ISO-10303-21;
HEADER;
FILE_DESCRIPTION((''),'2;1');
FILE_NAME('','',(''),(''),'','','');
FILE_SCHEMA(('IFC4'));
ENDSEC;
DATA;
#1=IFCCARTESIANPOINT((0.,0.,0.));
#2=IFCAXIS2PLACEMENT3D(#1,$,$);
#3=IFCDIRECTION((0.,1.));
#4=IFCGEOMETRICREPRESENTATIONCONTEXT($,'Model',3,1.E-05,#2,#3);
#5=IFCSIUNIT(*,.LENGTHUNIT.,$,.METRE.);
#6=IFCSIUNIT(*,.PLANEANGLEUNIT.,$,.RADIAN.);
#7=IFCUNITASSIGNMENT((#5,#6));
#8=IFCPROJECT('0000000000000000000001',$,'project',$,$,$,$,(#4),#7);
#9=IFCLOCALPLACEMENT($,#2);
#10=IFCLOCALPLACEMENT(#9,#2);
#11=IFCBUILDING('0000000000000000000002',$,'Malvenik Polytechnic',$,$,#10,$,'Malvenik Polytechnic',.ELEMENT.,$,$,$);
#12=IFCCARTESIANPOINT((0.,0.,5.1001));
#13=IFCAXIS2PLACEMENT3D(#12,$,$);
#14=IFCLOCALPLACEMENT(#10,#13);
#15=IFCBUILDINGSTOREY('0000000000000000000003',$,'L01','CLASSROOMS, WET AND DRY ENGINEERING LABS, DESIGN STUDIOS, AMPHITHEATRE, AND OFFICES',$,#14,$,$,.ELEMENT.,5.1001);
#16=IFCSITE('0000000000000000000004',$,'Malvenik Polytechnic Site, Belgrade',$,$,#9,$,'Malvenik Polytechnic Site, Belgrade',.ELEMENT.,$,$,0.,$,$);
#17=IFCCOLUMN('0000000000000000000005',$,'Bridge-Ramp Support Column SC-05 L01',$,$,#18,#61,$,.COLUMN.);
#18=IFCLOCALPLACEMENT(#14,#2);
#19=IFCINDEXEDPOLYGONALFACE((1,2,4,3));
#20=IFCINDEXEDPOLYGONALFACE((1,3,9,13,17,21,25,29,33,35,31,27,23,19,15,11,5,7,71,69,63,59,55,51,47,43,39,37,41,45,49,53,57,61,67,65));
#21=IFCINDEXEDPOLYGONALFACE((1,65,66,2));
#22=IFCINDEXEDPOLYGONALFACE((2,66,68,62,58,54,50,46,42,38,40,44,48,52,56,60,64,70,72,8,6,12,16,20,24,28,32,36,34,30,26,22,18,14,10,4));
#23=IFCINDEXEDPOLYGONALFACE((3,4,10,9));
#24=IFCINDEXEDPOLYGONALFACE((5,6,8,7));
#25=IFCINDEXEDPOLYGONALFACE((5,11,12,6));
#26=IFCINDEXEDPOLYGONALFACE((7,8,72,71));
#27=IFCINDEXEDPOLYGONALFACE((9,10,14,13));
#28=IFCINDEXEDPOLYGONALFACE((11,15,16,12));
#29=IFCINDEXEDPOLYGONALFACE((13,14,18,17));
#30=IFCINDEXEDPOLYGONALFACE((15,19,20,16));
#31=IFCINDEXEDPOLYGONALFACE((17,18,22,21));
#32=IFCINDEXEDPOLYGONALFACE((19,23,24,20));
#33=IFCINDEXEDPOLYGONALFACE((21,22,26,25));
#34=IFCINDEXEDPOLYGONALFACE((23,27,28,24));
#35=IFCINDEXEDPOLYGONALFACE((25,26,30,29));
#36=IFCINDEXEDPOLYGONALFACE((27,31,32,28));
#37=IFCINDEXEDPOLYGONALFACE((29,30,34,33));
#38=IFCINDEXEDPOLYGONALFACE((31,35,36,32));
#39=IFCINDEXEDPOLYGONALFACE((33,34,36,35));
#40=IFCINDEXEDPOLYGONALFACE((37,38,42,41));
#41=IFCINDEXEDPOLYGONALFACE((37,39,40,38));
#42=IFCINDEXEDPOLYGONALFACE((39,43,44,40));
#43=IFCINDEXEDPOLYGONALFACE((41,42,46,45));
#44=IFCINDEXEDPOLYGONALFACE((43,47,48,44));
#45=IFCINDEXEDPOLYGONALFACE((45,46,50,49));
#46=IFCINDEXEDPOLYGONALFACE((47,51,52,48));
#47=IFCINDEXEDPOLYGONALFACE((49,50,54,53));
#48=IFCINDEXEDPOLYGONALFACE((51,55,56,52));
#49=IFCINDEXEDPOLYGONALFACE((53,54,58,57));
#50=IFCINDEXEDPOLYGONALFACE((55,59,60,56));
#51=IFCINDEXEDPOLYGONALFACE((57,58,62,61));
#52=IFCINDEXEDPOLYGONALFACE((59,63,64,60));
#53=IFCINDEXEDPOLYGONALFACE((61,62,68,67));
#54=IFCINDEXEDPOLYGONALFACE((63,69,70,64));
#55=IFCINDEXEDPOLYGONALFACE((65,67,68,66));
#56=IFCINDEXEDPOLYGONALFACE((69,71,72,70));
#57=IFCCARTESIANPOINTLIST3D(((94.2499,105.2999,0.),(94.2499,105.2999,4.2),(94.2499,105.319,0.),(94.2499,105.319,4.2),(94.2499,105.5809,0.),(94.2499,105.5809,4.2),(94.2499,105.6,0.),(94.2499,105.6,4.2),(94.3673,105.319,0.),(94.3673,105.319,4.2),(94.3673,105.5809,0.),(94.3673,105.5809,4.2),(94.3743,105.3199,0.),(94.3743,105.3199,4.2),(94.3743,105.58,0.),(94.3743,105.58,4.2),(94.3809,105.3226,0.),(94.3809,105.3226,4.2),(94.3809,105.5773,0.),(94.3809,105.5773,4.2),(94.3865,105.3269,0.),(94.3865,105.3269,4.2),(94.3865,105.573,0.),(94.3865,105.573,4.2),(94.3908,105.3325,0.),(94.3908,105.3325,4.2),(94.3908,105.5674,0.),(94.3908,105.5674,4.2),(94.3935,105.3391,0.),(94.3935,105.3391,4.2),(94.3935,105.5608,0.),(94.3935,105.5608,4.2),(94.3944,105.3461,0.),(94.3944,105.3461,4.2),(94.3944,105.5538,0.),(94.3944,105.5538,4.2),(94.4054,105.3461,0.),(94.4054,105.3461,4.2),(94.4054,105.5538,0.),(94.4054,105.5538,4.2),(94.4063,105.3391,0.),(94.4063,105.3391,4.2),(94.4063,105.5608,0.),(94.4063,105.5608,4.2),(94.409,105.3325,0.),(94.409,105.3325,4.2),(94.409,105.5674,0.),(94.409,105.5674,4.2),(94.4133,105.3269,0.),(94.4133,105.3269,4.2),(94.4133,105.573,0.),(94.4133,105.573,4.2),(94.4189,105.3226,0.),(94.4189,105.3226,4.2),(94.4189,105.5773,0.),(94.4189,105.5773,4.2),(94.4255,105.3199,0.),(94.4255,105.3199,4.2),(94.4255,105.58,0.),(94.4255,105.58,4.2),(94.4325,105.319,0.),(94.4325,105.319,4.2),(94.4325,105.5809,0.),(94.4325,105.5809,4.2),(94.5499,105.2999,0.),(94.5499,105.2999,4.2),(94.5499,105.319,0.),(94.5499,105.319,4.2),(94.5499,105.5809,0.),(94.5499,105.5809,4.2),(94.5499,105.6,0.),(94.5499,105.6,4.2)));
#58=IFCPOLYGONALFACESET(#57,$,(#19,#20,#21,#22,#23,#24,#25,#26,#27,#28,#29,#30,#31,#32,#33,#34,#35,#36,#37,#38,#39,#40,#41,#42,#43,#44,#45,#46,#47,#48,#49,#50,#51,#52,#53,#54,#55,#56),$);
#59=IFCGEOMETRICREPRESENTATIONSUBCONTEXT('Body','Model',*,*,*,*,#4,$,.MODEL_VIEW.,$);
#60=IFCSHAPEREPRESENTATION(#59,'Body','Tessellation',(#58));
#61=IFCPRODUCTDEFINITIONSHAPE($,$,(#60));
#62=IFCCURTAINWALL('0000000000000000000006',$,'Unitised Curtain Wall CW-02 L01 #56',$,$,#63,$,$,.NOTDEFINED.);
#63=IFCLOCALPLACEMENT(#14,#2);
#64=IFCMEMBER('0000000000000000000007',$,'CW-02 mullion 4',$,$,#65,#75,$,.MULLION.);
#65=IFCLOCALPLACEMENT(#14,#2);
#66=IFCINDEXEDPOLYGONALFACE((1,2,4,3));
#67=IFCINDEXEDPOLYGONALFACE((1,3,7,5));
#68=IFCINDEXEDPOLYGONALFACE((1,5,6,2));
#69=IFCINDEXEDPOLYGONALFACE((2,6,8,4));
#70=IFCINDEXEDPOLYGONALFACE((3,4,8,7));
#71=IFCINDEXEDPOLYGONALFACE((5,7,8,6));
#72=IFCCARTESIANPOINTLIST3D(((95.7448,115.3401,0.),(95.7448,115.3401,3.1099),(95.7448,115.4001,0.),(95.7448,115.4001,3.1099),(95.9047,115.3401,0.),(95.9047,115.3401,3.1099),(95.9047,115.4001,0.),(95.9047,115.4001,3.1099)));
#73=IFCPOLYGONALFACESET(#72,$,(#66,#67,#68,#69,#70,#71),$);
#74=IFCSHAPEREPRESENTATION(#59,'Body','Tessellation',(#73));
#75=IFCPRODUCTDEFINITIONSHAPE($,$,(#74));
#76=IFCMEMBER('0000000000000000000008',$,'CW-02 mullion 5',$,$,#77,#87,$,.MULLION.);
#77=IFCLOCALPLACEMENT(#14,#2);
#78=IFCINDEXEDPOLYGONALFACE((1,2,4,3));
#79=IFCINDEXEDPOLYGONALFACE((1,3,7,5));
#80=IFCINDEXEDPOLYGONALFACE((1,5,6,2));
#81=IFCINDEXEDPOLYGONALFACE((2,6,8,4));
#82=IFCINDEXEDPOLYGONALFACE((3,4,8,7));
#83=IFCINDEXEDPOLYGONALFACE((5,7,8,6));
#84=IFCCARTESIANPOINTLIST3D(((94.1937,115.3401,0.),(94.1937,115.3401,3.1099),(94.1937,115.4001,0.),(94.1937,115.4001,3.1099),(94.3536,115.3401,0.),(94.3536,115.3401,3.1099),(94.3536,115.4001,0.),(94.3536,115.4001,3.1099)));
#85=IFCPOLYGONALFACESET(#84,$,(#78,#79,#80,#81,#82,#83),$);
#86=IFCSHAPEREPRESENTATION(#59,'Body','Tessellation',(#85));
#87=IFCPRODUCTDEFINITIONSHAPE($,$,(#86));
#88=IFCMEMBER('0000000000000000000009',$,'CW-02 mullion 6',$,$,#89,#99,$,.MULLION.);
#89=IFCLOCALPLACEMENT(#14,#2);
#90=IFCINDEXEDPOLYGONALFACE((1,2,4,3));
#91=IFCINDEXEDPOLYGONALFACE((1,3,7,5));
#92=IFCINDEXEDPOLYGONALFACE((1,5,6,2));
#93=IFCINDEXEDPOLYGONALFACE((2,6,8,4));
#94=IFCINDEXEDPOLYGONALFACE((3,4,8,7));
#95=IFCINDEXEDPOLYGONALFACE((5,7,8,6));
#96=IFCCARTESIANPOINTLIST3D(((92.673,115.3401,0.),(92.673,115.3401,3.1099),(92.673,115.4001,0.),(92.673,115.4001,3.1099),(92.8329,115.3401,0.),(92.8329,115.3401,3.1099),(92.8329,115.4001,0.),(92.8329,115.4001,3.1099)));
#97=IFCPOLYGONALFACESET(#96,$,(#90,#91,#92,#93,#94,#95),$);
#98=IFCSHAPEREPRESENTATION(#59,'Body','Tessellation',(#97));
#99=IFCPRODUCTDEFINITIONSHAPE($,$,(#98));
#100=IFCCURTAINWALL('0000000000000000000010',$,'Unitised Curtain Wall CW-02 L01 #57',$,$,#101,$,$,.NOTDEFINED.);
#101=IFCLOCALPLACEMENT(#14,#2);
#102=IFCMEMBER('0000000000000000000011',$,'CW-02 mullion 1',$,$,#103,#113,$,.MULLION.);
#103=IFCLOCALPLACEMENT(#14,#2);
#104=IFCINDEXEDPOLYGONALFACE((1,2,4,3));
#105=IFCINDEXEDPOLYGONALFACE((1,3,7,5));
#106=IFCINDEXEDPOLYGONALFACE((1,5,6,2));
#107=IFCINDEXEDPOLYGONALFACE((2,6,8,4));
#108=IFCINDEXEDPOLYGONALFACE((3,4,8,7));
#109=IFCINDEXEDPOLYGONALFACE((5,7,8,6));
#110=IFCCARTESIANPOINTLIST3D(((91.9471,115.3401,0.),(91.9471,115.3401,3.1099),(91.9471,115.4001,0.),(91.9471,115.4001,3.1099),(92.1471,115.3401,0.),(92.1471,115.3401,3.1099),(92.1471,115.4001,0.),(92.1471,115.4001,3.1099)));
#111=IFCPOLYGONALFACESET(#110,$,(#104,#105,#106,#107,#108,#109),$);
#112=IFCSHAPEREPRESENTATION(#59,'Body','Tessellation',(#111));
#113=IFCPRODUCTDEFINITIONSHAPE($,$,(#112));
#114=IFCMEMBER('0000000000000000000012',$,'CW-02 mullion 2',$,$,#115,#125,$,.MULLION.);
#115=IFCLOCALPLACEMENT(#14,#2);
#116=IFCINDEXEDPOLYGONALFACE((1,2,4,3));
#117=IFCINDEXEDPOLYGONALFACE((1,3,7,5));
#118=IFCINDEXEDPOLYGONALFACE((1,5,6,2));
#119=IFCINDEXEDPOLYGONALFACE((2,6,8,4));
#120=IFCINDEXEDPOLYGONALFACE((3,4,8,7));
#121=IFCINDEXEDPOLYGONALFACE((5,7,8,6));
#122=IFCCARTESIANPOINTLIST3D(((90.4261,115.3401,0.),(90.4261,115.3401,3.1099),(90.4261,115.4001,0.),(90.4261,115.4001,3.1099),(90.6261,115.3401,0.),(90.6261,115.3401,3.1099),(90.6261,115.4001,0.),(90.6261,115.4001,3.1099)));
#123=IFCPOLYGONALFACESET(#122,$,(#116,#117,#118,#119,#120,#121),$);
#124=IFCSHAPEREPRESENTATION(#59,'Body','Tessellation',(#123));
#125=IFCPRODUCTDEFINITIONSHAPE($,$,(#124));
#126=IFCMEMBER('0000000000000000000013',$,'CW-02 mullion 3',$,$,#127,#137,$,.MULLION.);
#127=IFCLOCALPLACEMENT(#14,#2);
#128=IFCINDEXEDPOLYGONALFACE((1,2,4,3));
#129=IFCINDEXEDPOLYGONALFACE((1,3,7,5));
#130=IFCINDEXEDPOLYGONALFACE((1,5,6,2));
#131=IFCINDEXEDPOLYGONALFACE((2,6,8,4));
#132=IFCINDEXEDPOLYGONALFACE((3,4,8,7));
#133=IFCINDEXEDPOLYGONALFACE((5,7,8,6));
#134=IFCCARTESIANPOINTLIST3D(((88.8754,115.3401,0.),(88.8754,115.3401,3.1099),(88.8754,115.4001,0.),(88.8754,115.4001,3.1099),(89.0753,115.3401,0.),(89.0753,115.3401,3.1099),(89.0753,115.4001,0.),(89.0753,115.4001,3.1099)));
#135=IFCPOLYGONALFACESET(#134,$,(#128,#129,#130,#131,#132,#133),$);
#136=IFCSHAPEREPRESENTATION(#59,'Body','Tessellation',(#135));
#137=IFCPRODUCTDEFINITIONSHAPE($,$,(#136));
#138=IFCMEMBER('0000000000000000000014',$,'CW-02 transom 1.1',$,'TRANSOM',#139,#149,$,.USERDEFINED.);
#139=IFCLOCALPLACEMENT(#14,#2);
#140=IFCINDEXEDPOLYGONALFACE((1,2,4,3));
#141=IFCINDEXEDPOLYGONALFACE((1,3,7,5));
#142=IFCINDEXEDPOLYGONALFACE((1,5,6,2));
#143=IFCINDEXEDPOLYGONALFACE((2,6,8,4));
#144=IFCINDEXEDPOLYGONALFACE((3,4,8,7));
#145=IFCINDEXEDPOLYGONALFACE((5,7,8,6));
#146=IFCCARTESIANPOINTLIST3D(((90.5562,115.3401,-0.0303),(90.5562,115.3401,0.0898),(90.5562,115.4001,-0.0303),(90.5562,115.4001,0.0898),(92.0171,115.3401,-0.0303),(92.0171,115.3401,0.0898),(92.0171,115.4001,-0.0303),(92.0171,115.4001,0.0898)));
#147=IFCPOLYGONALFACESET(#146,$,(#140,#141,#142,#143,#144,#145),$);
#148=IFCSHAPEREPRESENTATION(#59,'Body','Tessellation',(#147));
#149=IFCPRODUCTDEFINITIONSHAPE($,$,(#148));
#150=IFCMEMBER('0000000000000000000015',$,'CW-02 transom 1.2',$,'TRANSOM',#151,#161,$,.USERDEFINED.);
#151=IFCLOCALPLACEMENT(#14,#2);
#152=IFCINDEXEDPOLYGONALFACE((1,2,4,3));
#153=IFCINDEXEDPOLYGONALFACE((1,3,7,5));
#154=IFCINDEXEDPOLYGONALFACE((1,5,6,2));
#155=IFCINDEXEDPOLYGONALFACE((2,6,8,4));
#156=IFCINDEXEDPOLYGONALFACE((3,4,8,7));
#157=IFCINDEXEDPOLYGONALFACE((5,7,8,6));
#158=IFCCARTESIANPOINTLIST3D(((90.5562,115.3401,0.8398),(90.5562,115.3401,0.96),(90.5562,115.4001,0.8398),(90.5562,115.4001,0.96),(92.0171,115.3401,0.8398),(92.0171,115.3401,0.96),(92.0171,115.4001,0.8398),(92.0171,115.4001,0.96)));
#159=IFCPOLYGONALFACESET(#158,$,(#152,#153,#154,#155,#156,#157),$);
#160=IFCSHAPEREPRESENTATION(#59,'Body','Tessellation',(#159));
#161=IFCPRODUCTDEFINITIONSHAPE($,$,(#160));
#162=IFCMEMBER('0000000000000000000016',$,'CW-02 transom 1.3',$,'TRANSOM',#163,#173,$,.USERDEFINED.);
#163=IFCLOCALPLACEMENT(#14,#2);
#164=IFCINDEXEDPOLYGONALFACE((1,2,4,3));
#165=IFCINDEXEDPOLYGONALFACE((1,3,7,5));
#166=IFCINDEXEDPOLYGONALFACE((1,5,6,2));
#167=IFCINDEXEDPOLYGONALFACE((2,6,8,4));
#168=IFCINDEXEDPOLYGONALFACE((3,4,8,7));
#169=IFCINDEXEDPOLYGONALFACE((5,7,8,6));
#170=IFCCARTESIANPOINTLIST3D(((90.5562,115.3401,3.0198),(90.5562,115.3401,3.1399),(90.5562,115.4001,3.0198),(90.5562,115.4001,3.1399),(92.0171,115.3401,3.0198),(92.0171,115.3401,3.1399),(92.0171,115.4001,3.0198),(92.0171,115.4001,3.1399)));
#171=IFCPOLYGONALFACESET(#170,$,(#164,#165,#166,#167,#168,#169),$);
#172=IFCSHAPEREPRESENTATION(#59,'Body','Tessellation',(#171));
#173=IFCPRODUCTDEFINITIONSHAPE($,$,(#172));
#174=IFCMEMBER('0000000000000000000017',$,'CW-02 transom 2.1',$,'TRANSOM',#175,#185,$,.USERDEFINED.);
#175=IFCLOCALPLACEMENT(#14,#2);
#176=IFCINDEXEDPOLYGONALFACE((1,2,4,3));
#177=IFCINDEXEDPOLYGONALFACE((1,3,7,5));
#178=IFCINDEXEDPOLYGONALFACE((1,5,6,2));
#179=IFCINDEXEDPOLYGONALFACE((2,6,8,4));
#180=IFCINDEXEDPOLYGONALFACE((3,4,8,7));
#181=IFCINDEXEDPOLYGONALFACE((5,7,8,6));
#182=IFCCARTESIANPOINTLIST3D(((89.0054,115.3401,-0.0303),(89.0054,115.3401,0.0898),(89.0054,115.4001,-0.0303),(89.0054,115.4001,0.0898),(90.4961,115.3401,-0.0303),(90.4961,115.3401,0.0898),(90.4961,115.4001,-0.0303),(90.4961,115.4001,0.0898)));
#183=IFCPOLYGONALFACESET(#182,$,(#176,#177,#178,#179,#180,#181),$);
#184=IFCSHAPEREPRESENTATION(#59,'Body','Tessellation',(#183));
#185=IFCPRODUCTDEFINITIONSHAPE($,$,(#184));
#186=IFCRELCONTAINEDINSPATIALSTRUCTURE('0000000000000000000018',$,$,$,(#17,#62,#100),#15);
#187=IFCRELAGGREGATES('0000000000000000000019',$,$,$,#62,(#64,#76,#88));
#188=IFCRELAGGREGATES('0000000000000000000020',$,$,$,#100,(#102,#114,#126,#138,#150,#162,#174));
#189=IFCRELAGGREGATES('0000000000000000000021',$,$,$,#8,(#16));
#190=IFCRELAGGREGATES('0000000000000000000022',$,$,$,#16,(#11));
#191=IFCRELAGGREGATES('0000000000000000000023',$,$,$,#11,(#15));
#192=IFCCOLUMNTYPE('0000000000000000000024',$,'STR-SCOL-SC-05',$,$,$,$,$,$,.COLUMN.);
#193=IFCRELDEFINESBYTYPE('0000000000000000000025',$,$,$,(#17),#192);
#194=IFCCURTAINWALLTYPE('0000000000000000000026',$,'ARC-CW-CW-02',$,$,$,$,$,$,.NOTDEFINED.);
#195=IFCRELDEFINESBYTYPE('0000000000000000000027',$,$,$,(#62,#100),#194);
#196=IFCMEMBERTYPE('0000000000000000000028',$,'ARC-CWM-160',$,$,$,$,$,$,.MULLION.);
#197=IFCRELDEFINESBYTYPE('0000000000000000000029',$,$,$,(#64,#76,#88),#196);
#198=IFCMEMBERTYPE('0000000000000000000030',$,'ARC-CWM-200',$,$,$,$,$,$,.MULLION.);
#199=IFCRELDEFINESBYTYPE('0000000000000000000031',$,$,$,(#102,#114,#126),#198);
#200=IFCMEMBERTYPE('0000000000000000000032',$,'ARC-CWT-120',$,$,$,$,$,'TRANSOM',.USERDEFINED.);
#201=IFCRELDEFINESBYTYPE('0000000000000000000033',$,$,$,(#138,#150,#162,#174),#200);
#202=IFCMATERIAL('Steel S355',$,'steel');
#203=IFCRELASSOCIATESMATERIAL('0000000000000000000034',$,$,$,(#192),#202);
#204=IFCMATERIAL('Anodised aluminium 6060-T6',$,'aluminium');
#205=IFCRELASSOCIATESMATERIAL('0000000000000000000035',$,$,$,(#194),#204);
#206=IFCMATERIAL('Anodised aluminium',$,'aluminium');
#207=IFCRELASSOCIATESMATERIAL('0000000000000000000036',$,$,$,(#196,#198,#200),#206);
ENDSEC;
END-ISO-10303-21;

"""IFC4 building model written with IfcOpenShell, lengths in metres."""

from ifc_helpers import new_model, si_unit, direction, frame, origin, origin_2d, place, context, subcontext, project, spatial, rectangle, i_section, extrude, material, material_profile, profile_set, type_object, element, aggregate, save


model = new_model("IFC4")

# Units and contexts
model_context = context("Model", 3, precision=1e-05, world=origin(), true_north=direction((0.0, 1.0)))
body_context = subcontext(model_context, "Body", "Model", "MODEL_VIEW")
ifc_project = project(units=[si_unit("LENGTHUNIT", "METRE"), si_unit("PLANEANGLEUNIT", "RADIAN")], contexts=[model_context])

# Site, building, storey
site_placement = place(None, origin())
site = spatial("IfcSite", under=ifc_project, at=site_placement, Name="Malvenik Polytechnic Site, Belgrade", LongName="Malvenik Polytechnic Site, Belgrade", CompositionType="ELEMENT", RefElevation=0.0)
building_placement = place(site_placement, origin())
building = spatial("IfcBuilding", under=site, at=building_placement, Name="Malvenik Polytechnic", LongName="Malvenik Polytechnic", CompositionType="ELEMENT")
storey_placement = place(building_placement, frame((0.0, 0.0, 5.1001)))
storey = spatial("IfcBuildingStorey", under=building, at=storey_placement, Name="L01", Description="CLASSROOMS, WET AND DRY ENGINEERING LABS, DESIGN STUDIOS, AMPHITHEATRE, AND OFFICES", CompositionType="ELEMENT", Elevation=5.1001)

# Column
ifc_material_1 = material(Name="Steel S355", Category="steel")
ifc_material_profile_1 = material_profile(ifc_material_1, i_section(OverallWidth=0.3, OverallDepth=0.3, WebThickness=0.011, FlangeThickness=0.019, FilletRadius=0.0271, at=origin_2d()), Name="HEB 300")
ifc_profile_set_1 = profile_set([ifc_material_profile_1], Name="Steel S355")
column_type_1 = type_object("IfcColumnType", Name="STR-SCOL-SC-05", PredefinedType="COLUMN", material=ifc_profile_set_1)
for number, where, z_axis, x_axis, name in (
    (1, (94.3999, 105.45, 0.0), (0.0, 0.0, 1.0), (1.0, 0.0, 0.0), "Bridge-Ramp Support Column SC-05 L01"),
):
    element("IfcColumn", number, at=place(storey_placement, frame(where, z_axis=z_axis, x_axis=x_axis)), inside=storey, type_object=column_type_1, Name=name, PredefinedType="COLUMN", context=body_context, shape_type="SweptSolid", body=[
        extrude(i_section(OverallWidth=0.3, OverallDepth=0.3, WebThickness=0.011, FlangeThickness=0.019, FilletRadius=0.0271, at=origin_2d()), origin(), (0.0, 0.0, 1.0), 4.2),
    ])

# Curtain walls, members
ifc_material_2 = material(Name="Anodised aluminium 6060-T6", Category="aluminium")
curtain_wall_type = type_object("IfcCurtainWallType", Name="ARC-CW-CW-02", PredefinedType="NOTDEFINED", material=ifc_material_2)
curtain_wall_1_placement = place(storey_placement, origin())
curtain_wall_1 = element("IfcCurtainWall", 2, at=curtain_wall_1_placement, inside=storey, type_object=curtain_wall_type, Name="Unitised Curtain Wall CW-02 L01 #56", PredefinedType="NOTDEFINED")
ifc_material_3 = material(Name="Anodised aluminium", Category="aluminium")
ifc_material_profile_2 = material_profile(ifc_material_3, rectangle(XDim=0.0601, YDim=0.1599, at=origin_2d()), Name="ALU MULLION 60x160")
ifc_profile_set_2 = profile_set([ifc_material_profile_2], Name="Anodised aluminium")
member_type_1 = type_object("IfcMemberType", Name="ARC-CWM-160", PredefinedType="MULLION", material=ifc_profile_set_2)
member_1_placement = place(storey_placement, frame((95.8247, 115.3701, 0.0), z_axis=(0.0, 0.0, 1.0), x_axis=(0.0, -1.0, 0.0)))
member_1 = element("IfcMember", 3, at=member_1_placement, type_object=member_type_1, Name="CW-02 mullion 4", PredefinedType="MULLION", context=body_context, shape_type="SweptSolid", body=[
    extrude(rectangle(XDim=0.0601, YDim=0.1599, at=origin_2d()), origin(), (0.0, 0.0, 1.0), 3.1099),
])
member_2_placement = place(storey_placement, frame((94.2737, 115.3701, 0.0), z_axis=(0.0, 0.0, 1.0), x_axis=(0.0, -1.0, 0.0)))
member_2 = element("IfcMember", 4, at=member_2_placement, type_object=member_type_1, Name="CW-02 mullion 5", PredefinedType="MULLION", context=body_context, shape_type="SweptSolid", body=[
    extrude(rectangle(XDim=0.0601, YDim=0.1599, at=origin_2d()), origin(), (0.0, 0.0, 1.0), 3.1099),
])
member_3_placement = place(storey_placement, frame((92.7529, 115.3701, 0.0), z_axis=(0.0, 0.0, 1.0), x_axis=(0.0, -1.0, 0.0)))
member_3 = element("IfcMember", 5, at=member_3_placement, type_object=member_type_1, Name="CW-02 mullion 6", PredefinedType="MULLION", context=body_context, shape_type="SweptSolid", body=[
    extrude(rectangle(XDim=0.0601, YDim=0.1599, at=origin_2d()), origin(), (0.0, 0.0, 1.0), 3.1099),
])
curtain_wall_2_placement = place(storey_placement, origin())
curtain_wall_2 = element("IfcCurtainWall", 6, at=curtain_wall_2_placement, inside=storey, type_object=curtain_wall_type, Name="Unitised Curtain Wall CW-02 L01 #57", PredefinedType="NOTDEFINED")
ifc_material_profile_3 = material_profile(ifc_material_3, rectangle(XDim=0.0601, YDim=0.2, at=origin_2d()), Name="ALU MULLION 60x200")
ifc_profile_set_3 = profile_set([ifc_material_profile_3], Name="Anodised aluminium")
member_type_2 = type_object("IfcMemberType", Name="ARC-CWM-200", PredefinedType="MULLION", material=ifc_profile_set_3)
member_4_placement = place(storey_placement, frame((92.0471, 115.3701, 0.0), z_axis=(0.0, 0.0, 1.0), x_axis=(0.0, -1.0, 0.0)))
member_4 = element("IfcMember", 7, at=member_4_placement, type_object=member_type_2, Name="CW-02 mullion 1", PredefinedType="MULLION", context=body_context, shape_type="SweptSolid", body=[
    extrude(rectangle(XDim=0.0601, YDim=0.2, at=origin_2d()), origin(), (0.0, 0.0, 1.0), 3.1099),
])
member_5_placement = place(storey_placement, frame((90.5261, 115.3701, 0.0), z_axis=(0.0, 0.0, 1.0), x_axis=(0.0, -1.0, 0.0)))
member_5 = element("IfcMember", 8, at=member_5_placement, type_object=member_type_2, Name="CW-02 mullion 2", PredefinedType="MULLION", context=body_context, shape_type="SweptSolid", body=[
    extrude(rectangle(XDim=0.0601, YDim=0.2, at=origin_2d()), origin(), (0.0, 0.0, 1.0), 3.1099),
])
member_6_placement = place(storey_placement, frame((88.9753, 115.3701, 0.0), z_axis=(0.0, 0.0, 1.0), x_axis=(0.0, -1.0, 0.0)))
member_6 = element("IfcMember", 9, at=member_6_placement, type_object=member_type_2, Name="CW-02 mullion 3", PredefinedType="MULLION", context=body_context, shape_type="SweptSolid", body=[
    extrude(rectangle(XDim=0.0601, YDim=0.2, at=origin_2d()), origin(), (0.0, 0.0, 1.0), 3.1099),
])
ifc_material_profile_4 = material_profile(ifc_material_3, rectangle(XDim=0.0601, YDim=0.1201, at=origin_2d()), Name="ALU TRANSOM 60x120")
ifc_profile_set_4 = profile_set([ifc_material_profile_4], Name="Anodised aluminium")
member_type_3 = type_object("IfcMemberType", Name="ARC-CWT-120", ElementType="TRANSOM", PredefinedType="USERDEFINED", material=ifc_profile_set_4)
member_7_placement = place(storey_placement, frame((92.0171, 115.3701, 0.0298), z_axis=(-1.0, 0.0, 0.0), x_axis=(0.0, -1.0, 0.0)))
member_7 = element("IfcMember", 10, at=member_7_placement, type_object=member_type_3, Name="CW-02 transom 1.1", ObjectType="TRANSOM", PredefinedType="USERDEFINED", context=body_context, shape_type="SweptSolid", body=[
    extrude(rectangle(XDim=0.0601, YDim=0.1201, at=origin_2d()), origin(), (0.0, 0.0, 1.0), 1.4609),
])
member_8_placement = place(storey_placement, frame((92.0171, 115.3701, 0.8999), z_axis=(-1.0, 0.0, 0.0), x_axis=(0.0, -1.0, 0.0)))
member_8 = element("IfcMember", 11, at=member_8_placement, type_object=member_type_3, Name="CW-02 transom 1.2", ObjectType="TRANSOM", PredefinedType="USERDEFINED", context=body_context, shape_type="SweptSolid", body=[
    extrude(rectangle(XDim=0.0601, YDim=0.1201, at=origin_2d()), origin(), (0.0, 0.0, 1.0), 1.4609),
])
member_9_placement = place(storey_placement, frame((92.0171, 115.3701, 3.0798), z_axis=(-1.0, 0.0, 0.0), x_axis=(0.0, -1.0, 0.0)))
member_9 = element("IfcMember", 12, at=member_9_placement, type_object=member_type_3, Name="CW-02 transom 1.3", ObjectType="TRANSOM", PredefinedType="USERDEFINED", context=body_context, shape_type="SweptSolid", body=[
    extrude(rectangle(XDim=0.0601, YDim=0.1201, at=origin_2d()), origin(), (0.0, 0.0, 1.0), 1.4609),
])
member_10_placement = place(storey_placement, frame((90.4961, 115.3701, 0.0298), z_axis=(-1.0, 0.0, 0.0), x_axis=(0.0, -1.0, 0.0)))
member_10 = element("IfcMember", 13, at=member_10_placement, type_object=member_type_3, Name="CW-02 transom 2.1", ObjectType="TRANSOM", PredefinedType="USERDEFINED", context=body_context, shape_type="SweptSolid", body=[
    extrude(rectangle(XDim=0.0601, YDim=0.1201, at=origin_2d()), origin(), (0.0, 0.0, 1.0), 1.4907),
])

aggregate(curtain_wall_1, [member_1, member_2, member_3])
aggregate(curtain_wall_2, [member_4, member_5, member_6, member_7, member_8, member_9, member_10])

save(model, "model.ifc")
